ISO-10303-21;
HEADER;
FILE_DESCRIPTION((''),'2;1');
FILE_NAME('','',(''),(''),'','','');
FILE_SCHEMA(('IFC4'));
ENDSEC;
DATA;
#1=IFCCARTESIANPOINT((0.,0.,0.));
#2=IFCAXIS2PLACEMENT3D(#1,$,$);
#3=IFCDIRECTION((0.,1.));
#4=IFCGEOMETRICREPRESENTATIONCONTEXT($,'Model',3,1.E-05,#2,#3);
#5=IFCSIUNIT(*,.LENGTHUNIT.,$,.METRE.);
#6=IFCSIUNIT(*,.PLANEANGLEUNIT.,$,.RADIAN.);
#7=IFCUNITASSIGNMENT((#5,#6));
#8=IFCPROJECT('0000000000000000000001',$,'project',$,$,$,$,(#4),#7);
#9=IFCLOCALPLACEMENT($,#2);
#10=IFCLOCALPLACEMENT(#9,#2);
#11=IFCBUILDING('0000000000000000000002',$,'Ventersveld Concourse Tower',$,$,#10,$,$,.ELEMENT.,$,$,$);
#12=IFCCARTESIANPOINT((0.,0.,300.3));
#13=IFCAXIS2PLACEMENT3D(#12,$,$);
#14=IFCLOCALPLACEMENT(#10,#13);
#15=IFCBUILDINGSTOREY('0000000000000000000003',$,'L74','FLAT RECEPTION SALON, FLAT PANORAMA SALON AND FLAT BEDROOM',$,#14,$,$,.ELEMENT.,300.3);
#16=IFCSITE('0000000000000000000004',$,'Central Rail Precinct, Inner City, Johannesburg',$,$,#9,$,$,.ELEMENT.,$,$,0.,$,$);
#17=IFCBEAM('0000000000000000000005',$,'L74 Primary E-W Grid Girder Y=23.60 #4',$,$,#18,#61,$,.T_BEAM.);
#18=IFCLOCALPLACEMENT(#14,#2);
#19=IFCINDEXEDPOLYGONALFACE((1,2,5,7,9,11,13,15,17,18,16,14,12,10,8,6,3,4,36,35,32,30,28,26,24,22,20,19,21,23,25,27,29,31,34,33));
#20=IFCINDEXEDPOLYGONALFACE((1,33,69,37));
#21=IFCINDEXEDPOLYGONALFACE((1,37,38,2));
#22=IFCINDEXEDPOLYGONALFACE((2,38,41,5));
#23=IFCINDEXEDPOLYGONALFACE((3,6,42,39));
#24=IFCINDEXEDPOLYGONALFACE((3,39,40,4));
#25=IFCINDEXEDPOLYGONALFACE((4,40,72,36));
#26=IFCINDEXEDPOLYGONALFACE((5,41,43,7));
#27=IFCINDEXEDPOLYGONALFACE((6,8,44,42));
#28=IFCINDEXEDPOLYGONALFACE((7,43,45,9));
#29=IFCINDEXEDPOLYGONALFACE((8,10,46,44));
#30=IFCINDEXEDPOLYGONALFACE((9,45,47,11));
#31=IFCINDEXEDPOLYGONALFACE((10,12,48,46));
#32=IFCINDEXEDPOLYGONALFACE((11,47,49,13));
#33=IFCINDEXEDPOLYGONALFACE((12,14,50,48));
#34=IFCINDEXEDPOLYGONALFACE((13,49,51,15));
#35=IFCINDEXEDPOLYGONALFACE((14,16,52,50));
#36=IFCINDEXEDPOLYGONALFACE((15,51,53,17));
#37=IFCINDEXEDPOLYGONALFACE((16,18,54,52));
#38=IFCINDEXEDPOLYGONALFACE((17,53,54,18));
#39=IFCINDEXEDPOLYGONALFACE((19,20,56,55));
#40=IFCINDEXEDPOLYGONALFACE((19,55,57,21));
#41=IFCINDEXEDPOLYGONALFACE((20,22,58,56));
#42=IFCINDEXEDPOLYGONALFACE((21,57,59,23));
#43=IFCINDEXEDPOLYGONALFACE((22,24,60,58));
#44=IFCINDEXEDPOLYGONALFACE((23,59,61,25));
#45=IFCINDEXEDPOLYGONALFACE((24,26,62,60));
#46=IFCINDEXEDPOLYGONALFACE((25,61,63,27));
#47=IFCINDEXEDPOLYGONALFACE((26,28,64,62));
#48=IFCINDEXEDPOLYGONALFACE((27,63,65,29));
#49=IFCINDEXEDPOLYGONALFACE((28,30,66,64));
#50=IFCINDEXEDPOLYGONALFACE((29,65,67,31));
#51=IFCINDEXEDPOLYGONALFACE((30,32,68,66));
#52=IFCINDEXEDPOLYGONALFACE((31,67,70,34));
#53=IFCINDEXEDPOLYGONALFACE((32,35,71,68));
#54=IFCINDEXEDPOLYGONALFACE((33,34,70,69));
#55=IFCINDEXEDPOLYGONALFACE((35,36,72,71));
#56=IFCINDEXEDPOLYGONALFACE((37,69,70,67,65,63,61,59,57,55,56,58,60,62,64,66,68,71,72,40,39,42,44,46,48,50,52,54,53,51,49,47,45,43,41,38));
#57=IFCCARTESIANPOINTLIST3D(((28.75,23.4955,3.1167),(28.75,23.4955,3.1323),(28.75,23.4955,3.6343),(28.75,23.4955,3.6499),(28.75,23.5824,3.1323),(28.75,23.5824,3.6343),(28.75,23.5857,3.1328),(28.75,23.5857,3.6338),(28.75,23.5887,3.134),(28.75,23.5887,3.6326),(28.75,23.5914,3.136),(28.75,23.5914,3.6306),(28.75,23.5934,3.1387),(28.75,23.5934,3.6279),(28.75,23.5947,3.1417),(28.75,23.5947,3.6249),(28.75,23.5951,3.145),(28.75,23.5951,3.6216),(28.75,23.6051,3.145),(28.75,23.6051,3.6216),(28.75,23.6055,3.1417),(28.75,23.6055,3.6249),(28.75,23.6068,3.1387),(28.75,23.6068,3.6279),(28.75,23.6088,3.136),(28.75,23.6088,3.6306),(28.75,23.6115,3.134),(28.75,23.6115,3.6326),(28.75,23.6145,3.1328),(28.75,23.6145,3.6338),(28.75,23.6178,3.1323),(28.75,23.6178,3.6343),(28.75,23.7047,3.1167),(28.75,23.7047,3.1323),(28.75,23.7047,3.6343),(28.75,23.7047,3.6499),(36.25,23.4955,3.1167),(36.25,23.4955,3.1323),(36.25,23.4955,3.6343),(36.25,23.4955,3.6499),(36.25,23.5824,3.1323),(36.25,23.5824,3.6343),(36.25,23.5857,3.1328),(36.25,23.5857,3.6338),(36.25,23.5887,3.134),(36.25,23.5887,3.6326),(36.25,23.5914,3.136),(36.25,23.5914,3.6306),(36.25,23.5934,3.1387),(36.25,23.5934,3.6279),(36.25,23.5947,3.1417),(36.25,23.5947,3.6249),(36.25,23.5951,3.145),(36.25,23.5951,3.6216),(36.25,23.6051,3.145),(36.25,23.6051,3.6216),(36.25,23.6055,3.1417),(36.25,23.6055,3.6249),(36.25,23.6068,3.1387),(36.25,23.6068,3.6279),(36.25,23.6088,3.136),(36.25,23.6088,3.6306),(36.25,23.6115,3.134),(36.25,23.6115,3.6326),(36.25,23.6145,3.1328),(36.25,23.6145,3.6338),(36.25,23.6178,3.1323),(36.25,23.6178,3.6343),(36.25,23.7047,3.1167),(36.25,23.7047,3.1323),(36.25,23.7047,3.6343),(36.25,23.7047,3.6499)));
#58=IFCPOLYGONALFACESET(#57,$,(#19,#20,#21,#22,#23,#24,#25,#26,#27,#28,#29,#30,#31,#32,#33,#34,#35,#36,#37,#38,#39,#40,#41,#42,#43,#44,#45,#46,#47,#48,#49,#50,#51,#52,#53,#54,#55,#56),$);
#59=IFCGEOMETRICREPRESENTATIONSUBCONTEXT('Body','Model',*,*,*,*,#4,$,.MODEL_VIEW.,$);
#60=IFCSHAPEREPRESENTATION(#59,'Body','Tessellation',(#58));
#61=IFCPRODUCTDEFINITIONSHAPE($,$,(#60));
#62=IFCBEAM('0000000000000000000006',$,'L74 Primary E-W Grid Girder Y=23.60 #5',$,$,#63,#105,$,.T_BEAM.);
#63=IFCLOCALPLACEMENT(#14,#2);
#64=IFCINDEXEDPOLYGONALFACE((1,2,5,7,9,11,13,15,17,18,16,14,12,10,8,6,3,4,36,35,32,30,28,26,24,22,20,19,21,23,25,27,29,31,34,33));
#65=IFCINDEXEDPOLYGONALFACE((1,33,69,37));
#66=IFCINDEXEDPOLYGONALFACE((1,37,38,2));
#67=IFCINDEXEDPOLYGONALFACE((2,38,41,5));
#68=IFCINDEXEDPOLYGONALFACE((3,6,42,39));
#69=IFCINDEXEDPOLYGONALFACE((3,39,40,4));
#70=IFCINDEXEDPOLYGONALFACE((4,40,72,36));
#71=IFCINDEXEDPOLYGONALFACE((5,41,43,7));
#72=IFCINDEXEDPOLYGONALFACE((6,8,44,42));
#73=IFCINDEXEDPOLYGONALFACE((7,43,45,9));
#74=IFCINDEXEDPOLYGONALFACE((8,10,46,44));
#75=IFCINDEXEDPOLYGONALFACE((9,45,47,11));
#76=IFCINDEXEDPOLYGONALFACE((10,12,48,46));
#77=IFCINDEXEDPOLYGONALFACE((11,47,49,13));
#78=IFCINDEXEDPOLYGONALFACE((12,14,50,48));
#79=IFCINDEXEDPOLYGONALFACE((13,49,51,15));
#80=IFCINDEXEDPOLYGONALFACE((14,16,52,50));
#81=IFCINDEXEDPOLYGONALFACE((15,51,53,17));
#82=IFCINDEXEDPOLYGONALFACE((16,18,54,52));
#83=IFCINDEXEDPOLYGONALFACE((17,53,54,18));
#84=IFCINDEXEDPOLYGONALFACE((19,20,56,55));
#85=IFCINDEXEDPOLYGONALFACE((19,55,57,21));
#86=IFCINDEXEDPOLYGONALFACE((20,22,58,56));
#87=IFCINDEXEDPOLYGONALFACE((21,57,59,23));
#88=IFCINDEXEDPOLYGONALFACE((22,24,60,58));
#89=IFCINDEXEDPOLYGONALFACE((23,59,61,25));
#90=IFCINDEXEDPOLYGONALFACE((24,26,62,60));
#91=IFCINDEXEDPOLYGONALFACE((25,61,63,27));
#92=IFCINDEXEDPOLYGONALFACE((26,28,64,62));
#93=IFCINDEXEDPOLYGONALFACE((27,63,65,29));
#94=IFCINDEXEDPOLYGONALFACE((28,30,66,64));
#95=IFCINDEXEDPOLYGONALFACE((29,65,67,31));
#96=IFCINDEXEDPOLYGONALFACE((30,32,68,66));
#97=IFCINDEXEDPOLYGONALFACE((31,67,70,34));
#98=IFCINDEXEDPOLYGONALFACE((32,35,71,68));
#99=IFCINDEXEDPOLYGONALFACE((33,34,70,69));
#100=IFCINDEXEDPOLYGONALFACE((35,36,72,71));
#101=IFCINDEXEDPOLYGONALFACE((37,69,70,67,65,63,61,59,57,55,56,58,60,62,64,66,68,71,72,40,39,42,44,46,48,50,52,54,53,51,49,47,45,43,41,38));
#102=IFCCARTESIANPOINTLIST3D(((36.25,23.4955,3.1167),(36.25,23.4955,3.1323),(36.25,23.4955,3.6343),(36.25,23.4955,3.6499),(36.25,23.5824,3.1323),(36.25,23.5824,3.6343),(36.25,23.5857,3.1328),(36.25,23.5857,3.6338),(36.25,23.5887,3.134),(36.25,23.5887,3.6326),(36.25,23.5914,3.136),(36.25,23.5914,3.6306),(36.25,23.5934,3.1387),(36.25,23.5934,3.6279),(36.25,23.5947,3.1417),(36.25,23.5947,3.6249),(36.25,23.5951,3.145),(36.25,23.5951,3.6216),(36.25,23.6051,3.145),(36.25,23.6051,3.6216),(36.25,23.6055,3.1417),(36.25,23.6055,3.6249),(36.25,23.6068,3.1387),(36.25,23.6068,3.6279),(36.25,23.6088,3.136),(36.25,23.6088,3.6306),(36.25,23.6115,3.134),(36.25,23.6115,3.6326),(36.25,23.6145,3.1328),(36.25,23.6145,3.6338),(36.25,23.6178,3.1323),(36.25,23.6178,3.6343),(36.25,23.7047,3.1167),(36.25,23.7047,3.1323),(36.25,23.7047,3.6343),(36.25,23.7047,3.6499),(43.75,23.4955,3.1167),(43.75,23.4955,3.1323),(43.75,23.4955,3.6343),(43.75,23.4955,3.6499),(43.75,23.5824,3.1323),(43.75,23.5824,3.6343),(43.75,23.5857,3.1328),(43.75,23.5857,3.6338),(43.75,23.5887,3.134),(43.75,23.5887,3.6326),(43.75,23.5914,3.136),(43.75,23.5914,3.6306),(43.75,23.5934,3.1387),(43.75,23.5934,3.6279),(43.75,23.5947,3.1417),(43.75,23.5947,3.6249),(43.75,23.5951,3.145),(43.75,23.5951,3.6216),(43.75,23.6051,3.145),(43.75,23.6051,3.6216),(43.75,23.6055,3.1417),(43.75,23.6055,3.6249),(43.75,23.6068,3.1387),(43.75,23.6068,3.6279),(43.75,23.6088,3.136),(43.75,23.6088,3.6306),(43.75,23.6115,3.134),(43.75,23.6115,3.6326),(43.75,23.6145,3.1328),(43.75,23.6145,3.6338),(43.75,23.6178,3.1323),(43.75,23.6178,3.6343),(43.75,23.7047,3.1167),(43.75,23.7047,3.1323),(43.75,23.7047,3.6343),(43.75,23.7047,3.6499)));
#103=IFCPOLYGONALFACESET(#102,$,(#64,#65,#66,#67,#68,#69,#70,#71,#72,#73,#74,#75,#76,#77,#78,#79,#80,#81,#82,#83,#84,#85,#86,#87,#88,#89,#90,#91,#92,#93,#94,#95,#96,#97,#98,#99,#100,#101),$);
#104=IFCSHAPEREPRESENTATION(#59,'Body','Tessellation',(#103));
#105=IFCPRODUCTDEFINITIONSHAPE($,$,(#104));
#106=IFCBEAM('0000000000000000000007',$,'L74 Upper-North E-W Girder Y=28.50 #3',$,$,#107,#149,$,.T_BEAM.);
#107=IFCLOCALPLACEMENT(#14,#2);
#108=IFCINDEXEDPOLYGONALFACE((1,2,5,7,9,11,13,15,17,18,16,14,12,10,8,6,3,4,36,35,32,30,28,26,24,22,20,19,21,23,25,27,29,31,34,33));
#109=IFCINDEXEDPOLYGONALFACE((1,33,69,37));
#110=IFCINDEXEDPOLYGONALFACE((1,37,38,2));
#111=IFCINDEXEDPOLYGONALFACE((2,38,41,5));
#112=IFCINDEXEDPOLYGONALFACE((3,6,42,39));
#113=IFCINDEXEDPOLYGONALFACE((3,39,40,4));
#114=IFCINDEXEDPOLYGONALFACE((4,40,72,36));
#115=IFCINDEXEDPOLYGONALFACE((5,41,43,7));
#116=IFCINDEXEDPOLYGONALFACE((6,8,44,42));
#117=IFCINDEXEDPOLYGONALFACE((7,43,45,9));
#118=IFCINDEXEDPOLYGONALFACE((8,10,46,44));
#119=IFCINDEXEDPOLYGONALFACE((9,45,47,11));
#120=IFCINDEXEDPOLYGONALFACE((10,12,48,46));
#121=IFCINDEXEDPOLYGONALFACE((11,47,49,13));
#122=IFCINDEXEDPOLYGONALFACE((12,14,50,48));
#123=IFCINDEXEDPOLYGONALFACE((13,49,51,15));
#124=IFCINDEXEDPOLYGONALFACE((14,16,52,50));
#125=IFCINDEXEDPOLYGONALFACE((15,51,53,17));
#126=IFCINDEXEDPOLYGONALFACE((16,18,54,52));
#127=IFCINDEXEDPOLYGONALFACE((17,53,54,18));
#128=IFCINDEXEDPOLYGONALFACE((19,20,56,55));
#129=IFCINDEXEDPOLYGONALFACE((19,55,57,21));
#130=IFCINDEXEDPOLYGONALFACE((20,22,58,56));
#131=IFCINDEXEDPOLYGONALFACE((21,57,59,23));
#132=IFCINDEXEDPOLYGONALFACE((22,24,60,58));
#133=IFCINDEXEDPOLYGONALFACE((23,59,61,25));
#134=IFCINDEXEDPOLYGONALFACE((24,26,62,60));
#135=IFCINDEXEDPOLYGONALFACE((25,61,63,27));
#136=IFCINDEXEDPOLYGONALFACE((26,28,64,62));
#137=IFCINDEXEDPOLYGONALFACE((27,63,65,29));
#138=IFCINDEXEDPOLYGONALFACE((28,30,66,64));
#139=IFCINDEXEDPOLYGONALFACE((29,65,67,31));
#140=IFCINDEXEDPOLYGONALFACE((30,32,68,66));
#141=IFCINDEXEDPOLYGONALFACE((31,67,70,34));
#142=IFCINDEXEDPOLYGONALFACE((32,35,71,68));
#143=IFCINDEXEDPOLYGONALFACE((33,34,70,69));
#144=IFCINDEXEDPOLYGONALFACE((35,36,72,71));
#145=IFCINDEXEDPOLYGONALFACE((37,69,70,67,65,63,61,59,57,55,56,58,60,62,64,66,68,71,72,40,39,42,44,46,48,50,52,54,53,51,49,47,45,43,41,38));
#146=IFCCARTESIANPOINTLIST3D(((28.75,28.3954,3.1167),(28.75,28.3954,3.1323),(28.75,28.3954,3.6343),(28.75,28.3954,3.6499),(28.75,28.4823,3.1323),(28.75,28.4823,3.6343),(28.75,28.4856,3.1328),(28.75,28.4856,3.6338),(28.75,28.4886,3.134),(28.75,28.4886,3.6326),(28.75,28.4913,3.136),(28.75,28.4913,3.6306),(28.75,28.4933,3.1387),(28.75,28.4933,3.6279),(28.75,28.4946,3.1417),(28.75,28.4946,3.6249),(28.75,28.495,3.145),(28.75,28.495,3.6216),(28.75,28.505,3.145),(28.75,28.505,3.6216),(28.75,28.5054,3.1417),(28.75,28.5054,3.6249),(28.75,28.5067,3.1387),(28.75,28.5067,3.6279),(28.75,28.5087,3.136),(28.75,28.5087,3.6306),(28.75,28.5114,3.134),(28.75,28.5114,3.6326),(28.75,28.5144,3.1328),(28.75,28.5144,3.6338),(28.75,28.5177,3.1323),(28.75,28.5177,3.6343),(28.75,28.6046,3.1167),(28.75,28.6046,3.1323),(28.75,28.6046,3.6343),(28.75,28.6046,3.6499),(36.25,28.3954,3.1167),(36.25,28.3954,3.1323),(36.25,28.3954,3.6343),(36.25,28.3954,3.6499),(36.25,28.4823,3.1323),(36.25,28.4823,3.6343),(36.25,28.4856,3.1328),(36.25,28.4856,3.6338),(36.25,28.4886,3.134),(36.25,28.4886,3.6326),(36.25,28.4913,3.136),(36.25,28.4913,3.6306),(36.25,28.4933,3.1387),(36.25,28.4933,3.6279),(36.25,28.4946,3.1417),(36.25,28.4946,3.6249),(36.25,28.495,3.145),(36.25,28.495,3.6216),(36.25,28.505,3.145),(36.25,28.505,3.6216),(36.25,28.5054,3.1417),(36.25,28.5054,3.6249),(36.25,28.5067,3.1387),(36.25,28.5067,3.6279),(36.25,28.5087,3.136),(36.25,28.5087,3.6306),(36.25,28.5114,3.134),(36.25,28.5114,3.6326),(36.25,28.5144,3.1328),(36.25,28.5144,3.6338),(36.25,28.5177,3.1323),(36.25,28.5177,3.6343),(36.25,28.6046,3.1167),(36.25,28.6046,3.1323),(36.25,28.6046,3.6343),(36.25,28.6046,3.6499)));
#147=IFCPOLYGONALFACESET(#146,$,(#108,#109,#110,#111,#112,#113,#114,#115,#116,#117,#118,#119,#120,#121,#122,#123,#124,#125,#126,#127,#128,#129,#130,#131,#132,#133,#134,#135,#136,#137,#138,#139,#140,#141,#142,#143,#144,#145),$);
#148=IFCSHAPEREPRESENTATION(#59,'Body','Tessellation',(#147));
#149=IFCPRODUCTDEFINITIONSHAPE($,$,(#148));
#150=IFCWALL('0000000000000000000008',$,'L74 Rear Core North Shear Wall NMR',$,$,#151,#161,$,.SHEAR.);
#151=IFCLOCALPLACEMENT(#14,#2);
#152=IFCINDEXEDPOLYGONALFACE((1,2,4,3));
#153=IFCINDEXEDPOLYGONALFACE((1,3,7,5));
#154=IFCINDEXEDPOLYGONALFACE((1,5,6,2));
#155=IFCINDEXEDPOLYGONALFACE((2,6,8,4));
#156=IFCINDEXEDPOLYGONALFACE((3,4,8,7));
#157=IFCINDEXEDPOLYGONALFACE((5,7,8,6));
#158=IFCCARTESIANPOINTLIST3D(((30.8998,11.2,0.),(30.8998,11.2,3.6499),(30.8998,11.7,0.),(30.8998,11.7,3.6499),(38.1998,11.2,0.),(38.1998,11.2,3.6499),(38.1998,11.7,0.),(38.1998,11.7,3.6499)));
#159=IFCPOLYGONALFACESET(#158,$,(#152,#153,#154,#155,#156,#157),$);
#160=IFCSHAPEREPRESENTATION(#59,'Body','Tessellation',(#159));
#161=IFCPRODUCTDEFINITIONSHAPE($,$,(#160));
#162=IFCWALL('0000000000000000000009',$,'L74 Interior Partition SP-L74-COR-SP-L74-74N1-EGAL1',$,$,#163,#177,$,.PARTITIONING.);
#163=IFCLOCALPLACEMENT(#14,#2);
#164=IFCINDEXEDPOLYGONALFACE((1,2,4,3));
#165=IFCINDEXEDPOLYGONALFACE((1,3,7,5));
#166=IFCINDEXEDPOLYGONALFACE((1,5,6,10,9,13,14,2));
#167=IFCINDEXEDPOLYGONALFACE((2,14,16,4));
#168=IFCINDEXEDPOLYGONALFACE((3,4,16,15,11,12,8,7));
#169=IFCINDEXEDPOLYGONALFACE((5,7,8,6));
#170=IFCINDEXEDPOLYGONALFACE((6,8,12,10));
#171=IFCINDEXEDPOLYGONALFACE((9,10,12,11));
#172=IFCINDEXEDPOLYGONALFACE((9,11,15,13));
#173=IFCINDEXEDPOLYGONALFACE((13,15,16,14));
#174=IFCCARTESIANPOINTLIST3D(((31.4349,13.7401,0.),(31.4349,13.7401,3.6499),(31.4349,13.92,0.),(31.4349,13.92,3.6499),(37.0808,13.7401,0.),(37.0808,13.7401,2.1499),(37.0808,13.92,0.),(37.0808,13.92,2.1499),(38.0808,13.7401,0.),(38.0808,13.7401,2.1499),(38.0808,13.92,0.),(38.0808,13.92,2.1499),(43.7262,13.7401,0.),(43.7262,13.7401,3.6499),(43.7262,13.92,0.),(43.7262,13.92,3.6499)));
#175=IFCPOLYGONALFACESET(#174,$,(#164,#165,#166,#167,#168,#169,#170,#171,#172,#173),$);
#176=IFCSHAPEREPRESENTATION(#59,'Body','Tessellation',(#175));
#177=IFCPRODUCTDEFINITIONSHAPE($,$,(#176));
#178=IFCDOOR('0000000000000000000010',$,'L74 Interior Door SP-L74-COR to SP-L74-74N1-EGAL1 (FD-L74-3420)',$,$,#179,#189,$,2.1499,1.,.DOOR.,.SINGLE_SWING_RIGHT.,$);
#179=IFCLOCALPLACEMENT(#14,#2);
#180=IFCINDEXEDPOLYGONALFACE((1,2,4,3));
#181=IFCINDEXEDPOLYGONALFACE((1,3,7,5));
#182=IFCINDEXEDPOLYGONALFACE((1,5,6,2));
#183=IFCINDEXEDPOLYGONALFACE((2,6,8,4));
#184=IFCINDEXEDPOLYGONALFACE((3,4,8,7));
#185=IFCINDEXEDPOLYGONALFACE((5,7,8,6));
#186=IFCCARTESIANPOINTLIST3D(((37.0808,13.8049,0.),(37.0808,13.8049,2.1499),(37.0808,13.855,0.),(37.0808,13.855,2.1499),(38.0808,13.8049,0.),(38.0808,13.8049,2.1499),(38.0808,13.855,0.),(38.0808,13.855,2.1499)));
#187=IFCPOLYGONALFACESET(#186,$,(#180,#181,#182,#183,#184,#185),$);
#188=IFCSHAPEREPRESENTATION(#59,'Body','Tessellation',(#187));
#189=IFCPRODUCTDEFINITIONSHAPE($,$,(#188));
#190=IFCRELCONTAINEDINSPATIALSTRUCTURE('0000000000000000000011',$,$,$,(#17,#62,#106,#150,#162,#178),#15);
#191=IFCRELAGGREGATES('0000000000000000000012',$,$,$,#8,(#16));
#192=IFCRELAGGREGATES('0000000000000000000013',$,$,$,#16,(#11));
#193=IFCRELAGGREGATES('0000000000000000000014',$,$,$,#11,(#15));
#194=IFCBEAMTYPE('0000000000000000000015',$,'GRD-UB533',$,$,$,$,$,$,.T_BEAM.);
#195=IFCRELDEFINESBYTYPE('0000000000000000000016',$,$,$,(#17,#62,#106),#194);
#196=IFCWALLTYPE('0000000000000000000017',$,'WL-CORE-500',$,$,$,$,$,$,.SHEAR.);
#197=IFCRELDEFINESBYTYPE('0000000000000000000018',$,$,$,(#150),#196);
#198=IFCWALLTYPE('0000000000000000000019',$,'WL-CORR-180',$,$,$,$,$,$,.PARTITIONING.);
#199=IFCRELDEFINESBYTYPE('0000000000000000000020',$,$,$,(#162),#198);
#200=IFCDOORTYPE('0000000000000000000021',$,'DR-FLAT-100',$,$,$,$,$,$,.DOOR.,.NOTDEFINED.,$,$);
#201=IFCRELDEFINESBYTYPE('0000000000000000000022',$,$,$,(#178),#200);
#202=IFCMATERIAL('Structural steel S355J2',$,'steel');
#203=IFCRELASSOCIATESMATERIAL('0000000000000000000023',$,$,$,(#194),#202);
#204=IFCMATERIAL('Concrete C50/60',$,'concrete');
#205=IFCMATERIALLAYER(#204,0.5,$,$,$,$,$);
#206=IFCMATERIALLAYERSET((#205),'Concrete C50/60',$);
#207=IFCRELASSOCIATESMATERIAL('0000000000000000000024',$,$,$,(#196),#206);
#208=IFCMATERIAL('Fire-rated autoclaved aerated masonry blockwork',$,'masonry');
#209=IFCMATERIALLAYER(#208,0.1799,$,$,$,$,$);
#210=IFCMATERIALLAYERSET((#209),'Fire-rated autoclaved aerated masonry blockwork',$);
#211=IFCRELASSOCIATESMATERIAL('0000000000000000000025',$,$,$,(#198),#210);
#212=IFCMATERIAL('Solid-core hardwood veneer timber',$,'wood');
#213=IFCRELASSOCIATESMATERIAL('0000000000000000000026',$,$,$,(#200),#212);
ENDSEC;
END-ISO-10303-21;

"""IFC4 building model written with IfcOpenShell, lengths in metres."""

from ifc_helpers import new_model, si_unit, direction, frame, frame_2d, origin, origin_2d, place, context, subcontext, project, spatial, rectangle, i_section, extrude, material, layer, layer_set, material_profile, profile_set, type_object, element, fill, save


model = new_model("IFC4")

# Units and contexts
model_context = context("Model", 3, precision=1e-05, world=origin(), true_north=direction((0.0, 1.0)))
body_context = subcontext(model_context, "Body", "Model", "MODEL_VIEW")
ifc_project = project(units=[si_unit("LENGTHUNIT", "METRE"), si_unit("PLANEANGLEUNIT", "RADIAN")], contexts=[model_context])

# Site, building, storey
site_placement = place(None, origin())
site = spatial("IfcSite", under=ifc_project, at=site_placement, Name="Central Rail Precinct, Inner City, Johannesburg", CompositionType="ELEMENT", RefElevation=0.0)
building_placement = place(site_placement, origin())
building = spatial("IfcBuilding", under=site, at=building_placement, Name="Ventersveld Concourse Tower", CompositionType="ELEMENT")
storey_placement = place(building_placement, frame((0.0, 0.0, 300.3)))
storey = spatial("IfcBuildingStorey", under=building, at=storey_placement, Name="L74", Description="FLAT RECEPTION SALON, FLAT PANORAMA SALON AND FLAT BEDROOM", CompositionType="ELEMENT", Elevation=300.3)

# Shared definitions
ifc_material_1 = material(Name="Concrete C50/60", Category="concrete")

# Beams
ifc_material_2 = material(Name="Structural steel S355J2", Category="steel")
ifc_material_profile_1 = material_profile(ifc_material_2, i_section(OverallWidth=0.2092, OverallDepth=0.5332, WebThickness=0.01, FlangeThickness=0.0156, FilletRadius=0.0127, at=origin_2d()), Name="UB 533x210x92")
ifc_profile_set_1 = profile_set([ifc_material_profile_1], Name="Structural steel S355J2")
beam_type_1 = type_object("IfcBeamType", Name="GRD-UB533", PredefinedType="T_BEAM", material=ifc_profile_set_1)
for number, where, z_axis, x_axis, name in (
    (1, (28.75, 23.6001, 3.3833), (1.0, 0.0, 0.0), (0.0, 1.0, 0.0), "L74 Primary E-W Grid Girder Y=23.60 #4"),
    (2, (36.25, 23.6001, 3.3833), (1.0, 0.0, 0.0), (0.0, 1.0, 0.0), "L74 Primary E-W Grid Girder Y=23.60 #5"),
    (3, (28.75, 28.5, 3.3833), (1.0, 0.0, 0.0), (0.0, 1.0, 0.0), "L74 Upper-North E-W Girder Y=28.50 #3"),
):
    element("IfcBeam", number, at=place(storey_placement, frame(where, z_axis=z_axis, x_axis=x_axis)), inside=storey, type_object=beam_type_1, Name=name, PredefinedType="T_BEAM", context=body_context, shape_type="SweptSolid", body=[
        extrude(i_section(OverallWidth=0.2092, OverallDepth=0.5332, WebThickness=0.01, FlangeThickness=0.0156, FilletRadius=0.0127, at=origin_2d()), origin(), (0.0, 0.0, 1.0), 7.5),
    ])

# Wall
ifc_layer_1 = layer(ifc_material_1, 0.5)
ifc_layer_set_1 = layer_set([ifc_layer_1], Name="Concrete C50/60")
wall_type_1 = type_object("IfcWallType", Name="WL-CORE-500", PredefinedType="SHEAR", material=ifc_layer_set_1)
wall_1_placement = place(storey_placement, frame((30.8999, 11.45, 0.0), z_axis=(0.0, 0.0, 1.0), x_axis=(1.0, 0.0, 0.0)))
element("IfcWall", 4, at=wall_1_placement, inside=storey, type_object=wall_type_1, Name="L74 Rear Core North Shear Wall NMR", PredefinedType="SHEAR", context=body_context, shape_type="SweptSolid", body=[
    extrude(rectangle(XDim=7.3, YDim=0.5, at=frame_2d((3.6499, 0.0))), origin(), (0.0, 0.0, 1.0), 3.6499),
])

# Wall, opening, door
ifc_material_3 = material(Name="Fire-rated autoclaved aerated masonry blockwork", Category="masonry")
ifc_layer_2 = layer(ifc_material_3, 0.1799)
ifc_layer_set_2 = layer_set([ifc_layer_2], Name="Fire-rated autoclaved aerated masonry blockwork")
wall_type_2 = type_object("IfcWallType", Name="WL-CORR-180", PredefinedType="PARTITIONING", material=ifc_layer_set_2)
wall_2_placement = place(storey_placement, frame((31.4351, 13.8301, 0.0), z_axis=(0.0, 0.0, 1.0), x_axis=(1.0, 0.0, 0.0)))
wall_2 = element("IfcWall", 5, at=wall_2_placement, inside=storey, type_object=wall_type_2, Name="L74 Interior Partition SP-L74-COR-SP-L74-74N1-EGAL1", PredefinedType="PARTITIONING", context=body_context, shape_type="SweptSolid", body=[
    extrude(rectangle(XDim=12.2913, YDim=0.1799, at=frame_2d((6.1455, 0.0))), origin(), (0.0, 0.0, 1.0), 3.6499),
])
opening_1_placement = place(wall_2_placement, frame((5.6458, 0.0, 0.0)))
opening_1 = element("IfcOpeningElement", 6, at=opening_1_placement, cuts=wall_2, PredefinedType="OPENING", context=body_context, shape_type="SweptSolid", body=[
    extrude(rectangle(XDim=1.0, YDim=2.1499, at=frame_2d((0.5, 1.075))), frame((0.0, 0.1001, 0.0), z_axis=(0.0, -1.0, 0.0), x_axis=(1.0, 0.0, 0.0)), (0.0, 0.0, 1.0), 0.2),
])
ifc_material_4 = material(Name="Solid-core hardwood veneer timber", Category="wood")
door_type_1 = type_object("IfcDoorType", Name="DR-FLAT-100", OperationType="NOTDEFINED", PredefinedType="DOOR", material=ifc_material_4)
door_1_placement = place(opening_1_placement, origin())
door_1 = element("IfcDoor", 7, at=door_1_placement, inside=storey, type_object=door_type_1, Name="L74 Interior Door SP-L74-COR to SP-L74-74N1-EGAL1 (FD-L74-3420)", OperationType="SINGLE_SWING_RIGHT", OverallHeight=2.1499, OverallWidth=1.0, PredefinedType="DOOR", context=body_context, shape_type="SweptSolid", body=[
    extrude(rectangle(XDim=1.0, YDim=2.1499, at=frame_2d((0.5, 1.075))), frame((0.0, 0.0249, 0.0), z_axis=(0.0, -1.0, 0.0), x_axis=(1.0, 0.0, 0.0)), (0.0, 0.0, 1.0), 0.05),
])
fill(opening_1, door_1)

save(model, "model.ifc")
